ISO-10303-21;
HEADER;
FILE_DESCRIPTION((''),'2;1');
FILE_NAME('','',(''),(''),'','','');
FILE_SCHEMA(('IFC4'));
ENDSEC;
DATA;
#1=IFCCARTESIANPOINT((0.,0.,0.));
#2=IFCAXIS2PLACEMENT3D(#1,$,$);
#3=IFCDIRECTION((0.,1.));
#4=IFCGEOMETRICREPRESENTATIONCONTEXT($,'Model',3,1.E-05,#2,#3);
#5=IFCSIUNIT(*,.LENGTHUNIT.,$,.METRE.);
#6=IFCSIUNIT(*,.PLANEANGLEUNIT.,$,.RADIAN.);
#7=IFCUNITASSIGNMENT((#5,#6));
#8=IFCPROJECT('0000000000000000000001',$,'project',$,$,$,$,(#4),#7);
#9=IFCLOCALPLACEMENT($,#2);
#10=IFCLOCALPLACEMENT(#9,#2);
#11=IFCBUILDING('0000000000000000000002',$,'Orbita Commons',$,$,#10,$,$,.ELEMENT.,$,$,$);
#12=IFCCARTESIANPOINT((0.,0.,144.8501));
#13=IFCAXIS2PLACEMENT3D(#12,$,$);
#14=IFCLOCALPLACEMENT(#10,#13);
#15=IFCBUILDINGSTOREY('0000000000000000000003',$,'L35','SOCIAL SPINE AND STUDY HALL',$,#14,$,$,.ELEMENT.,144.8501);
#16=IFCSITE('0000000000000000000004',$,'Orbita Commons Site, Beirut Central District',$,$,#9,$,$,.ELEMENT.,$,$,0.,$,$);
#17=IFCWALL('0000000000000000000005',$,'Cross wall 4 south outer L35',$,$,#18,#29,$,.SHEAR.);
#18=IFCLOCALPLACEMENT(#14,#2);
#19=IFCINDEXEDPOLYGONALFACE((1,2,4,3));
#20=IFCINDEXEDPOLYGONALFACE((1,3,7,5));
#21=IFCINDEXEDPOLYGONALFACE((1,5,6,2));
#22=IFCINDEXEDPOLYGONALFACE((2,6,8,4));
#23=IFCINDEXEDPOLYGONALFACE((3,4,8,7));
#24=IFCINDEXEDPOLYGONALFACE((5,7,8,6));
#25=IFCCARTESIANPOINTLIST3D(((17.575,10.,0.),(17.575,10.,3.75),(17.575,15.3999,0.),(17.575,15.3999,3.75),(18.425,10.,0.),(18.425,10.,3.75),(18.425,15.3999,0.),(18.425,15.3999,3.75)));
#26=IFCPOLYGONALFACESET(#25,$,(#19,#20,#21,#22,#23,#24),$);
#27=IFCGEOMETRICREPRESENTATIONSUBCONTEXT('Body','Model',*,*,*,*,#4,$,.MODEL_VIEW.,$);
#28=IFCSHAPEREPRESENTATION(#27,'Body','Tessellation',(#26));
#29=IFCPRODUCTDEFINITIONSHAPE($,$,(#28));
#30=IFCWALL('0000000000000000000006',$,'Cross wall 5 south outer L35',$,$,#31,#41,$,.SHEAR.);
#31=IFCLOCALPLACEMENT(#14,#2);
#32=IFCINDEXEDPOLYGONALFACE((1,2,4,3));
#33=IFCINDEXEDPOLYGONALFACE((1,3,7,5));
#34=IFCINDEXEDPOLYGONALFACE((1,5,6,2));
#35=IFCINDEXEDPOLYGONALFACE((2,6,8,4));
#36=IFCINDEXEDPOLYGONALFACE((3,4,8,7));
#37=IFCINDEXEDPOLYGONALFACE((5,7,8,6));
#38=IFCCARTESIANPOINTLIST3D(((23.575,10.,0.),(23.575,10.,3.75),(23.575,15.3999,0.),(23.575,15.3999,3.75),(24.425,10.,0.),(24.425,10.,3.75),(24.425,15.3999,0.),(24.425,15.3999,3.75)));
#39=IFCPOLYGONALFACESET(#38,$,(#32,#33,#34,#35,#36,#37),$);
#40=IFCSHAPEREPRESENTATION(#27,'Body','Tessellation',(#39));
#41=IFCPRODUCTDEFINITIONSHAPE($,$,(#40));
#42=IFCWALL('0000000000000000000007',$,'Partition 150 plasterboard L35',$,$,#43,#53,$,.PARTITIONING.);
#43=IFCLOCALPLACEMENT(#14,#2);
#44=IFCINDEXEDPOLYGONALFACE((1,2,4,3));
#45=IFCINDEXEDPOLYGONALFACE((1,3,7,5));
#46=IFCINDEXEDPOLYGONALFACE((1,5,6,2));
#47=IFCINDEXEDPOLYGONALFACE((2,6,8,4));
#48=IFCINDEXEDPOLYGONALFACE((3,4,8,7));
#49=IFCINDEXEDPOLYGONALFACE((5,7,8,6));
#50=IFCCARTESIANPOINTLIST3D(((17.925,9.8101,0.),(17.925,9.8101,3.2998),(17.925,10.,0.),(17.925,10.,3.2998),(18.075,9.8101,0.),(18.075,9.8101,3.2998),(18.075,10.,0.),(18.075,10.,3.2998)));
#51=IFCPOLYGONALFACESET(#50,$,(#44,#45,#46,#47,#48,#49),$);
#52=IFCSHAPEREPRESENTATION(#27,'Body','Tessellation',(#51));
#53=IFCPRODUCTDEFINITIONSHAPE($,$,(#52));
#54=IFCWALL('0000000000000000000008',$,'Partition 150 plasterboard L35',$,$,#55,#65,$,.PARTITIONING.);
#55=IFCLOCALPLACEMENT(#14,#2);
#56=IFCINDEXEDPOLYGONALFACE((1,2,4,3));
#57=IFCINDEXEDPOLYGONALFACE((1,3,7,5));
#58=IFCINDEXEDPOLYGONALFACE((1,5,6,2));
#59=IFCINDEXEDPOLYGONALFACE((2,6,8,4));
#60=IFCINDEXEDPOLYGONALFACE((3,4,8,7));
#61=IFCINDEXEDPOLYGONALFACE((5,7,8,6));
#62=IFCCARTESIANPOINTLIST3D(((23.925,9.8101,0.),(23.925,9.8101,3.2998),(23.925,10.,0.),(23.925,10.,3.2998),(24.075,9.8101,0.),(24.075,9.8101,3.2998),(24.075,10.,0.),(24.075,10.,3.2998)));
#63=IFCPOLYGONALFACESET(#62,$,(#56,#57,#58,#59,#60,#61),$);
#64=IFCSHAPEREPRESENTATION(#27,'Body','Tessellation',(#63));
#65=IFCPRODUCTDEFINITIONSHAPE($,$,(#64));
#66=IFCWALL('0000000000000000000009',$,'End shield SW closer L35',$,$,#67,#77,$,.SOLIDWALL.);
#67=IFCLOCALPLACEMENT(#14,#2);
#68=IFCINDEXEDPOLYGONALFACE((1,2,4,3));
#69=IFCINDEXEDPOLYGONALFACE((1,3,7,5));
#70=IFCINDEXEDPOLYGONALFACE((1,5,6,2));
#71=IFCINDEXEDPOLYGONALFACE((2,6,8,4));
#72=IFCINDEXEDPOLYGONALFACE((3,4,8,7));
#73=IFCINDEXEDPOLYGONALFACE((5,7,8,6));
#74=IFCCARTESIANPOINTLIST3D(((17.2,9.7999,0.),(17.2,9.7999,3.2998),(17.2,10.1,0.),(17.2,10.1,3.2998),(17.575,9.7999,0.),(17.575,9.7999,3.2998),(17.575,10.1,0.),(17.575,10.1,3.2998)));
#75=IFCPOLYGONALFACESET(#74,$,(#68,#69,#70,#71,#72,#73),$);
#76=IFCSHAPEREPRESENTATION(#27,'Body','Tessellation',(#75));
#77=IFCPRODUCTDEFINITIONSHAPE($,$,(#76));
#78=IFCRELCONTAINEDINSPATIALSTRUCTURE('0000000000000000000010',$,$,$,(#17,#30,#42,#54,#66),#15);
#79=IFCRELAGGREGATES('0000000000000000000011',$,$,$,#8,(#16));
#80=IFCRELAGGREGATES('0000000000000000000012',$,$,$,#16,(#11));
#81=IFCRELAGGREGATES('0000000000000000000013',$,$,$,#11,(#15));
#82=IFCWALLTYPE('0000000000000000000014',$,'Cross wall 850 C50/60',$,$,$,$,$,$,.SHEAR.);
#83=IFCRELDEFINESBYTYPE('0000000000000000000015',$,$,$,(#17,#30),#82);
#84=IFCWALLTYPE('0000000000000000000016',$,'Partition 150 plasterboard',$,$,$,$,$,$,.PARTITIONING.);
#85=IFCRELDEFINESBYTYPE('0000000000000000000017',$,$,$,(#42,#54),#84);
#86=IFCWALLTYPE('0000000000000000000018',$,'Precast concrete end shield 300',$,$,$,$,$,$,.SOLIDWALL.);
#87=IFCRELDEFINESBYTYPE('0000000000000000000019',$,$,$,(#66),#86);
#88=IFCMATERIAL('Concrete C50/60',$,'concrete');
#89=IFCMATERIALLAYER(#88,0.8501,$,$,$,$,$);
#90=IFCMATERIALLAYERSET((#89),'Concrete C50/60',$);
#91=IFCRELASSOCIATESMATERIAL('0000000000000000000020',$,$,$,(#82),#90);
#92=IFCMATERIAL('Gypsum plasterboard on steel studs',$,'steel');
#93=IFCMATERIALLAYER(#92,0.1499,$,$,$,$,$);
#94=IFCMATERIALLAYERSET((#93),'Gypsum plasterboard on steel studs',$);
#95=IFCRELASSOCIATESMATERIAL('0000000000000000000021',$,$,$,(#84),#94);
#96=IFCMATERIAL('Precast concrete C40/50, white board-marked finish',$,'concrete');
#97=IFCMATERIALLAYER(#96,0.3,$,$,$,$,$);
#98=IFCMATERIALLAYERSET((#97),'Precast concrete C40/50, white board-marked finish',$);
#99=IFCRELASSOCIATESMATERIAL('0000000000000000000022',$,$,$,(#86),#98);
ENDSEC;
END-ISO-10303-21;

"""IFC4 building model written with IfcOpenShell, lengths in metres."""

from ifc_helpers import new_model, si_unit, direction, frame, frame_2d, origin, place, context, subcontext, project, spatial, rectangle, extrude, material, layer, layer_set, type_object, element, save


model = new_model("IFC4")

# Units and contexts
model_context = context("Model", 3, precision=1e-05, world=origin(), true_north=direction((0.0, 1.0)))
body_context = subcontext(model_context, "Body", "Model", "MODEL_VIEW")
ifc_project = project(units=[si_unit("LENGTHUNIT", "METRE"), si_unit("PLANEANGLEUNIT", "RADIAN")], contexts=[model_context])

# Site, building, storey
site_placement = place(None, origin())
site = spatial("IfcSite", under=ifc_project, at=site_placement, Name="Orbita Commons Site, Beirut Central District", CompositionType="ELEMENT", RefElevation=0.0)
building_placement = place(site_placement, origin())
building = spatial("IfcBuilding", under=site, at=building_placement, Name="Orbita Commons", CompositionType="ELEMENT")
storey_placement = place(building_placement, frame((0.0, 0.0, 144.8501)))
storey = spatial("IfcBuildingStorey", under=building, at=storey_placement, Name="L35", Description="SOCIAL SPINE AND STUDY HALL", CompositionType="ELEMENT", Elevation=144.8501)

# Walls
ifc_material_1 = material(Name="Concrete C50/60", Category="concrete")
ifc_layer_1 = layer(ifc_material_1, 0.8501)
ifc_layer_set_1 = layer_set([ifc_layer_1], Name="Concrete C50/60")
wall_type_1 = type_object("IfcWallType", Name="Cross wall 850 C50/60", PredefinedType="SHEAR", material=ifc_layer_set_1)
for number, where, z_axis, x_axis, name in (
    (1, (18.0, 10.0, 0.0), (0.0, 0.0, 1.0), (0.0, 1.0, 0.0), "Cross wall 4 south outer L35"),
    (2, (24.0, 10.0, 0.0), (0.0, 0.0, 1.0), (0.0, 1.0, 0.0), "Cross wall 5 south outer L35"),
):
    element("IfcWall", number, at=place(storey_placement, frame(where, z_axis=z_axis, x_axis=x_axis)), inside=storey, type_object=wall_type_1, Name=name, PredefinedType="SHEAR", context=body_context, shape_type="SweptSolid", body=[
        extrude(rectangle(XDim=5.3999, YDim=0.8501, at=frame_2d((2.7, 0.0))), origin(), (0.0, 0.0, 1.0), 3.75),
    ])
ifc_material_2 = material(Name="Gypsum plasterboard on steel studs", Category="steel")
ifc_layer_2 = layer(ifc_material_2, 0.1499)
ifc_layer_set_2 = layer_set([ifc_layer_2], Name="Gypsum plasterboard on steel studs")
wall_type_2 = type_object("IfcWallType", Name="Partition 150 plasterboard", PredefinedType="PARTITIONING", material=ifc_layer_set_2)
for number, where, z_axis, x_axis, name in (
    (3, (18.0, 10.0, 0.0), (0.0, 0.0, 1.0), (0.0, -1.0, 0.0), "Partition 150 plasterboard L35"),
    (4, (24.0, 10.0, 0.0), (0.0, 0.0, 1.0), (0.0, -1.0, 0.0), "Partition 150 plasterboard L35"),
):
    element("IfcWall", number, at=place(storey_placement, frame(where, z_axis=z_axis, x_axis=x_axis)), inside=storey, type_object=wall_type_2, Name=name, PredefinedType="PARTITIONING", context=body_context, shape_type="SweptSolid", body=[
        extrude(rectangle(XDim=0.1899, YDim=0.1499, at=frame_2d((0.095, 0.0))), origin(), (0.0, 0.0, 1.0), 3.2998),
    ])
ifc_material_3 = material(Name="Precast concrete C40/50, white board-marked finish", Category="concrete")
ifc_layer_3 = layer(ifc_material_3, 0.3)
ifc_layer_set_3 = layer_set([ifc_layer_3], Name="Precast concrete C40/50, white board-marked finish")
wall_type_3 = type_object("IfcWallType", Name="Precast concrete end shield 300", PredefinedType="SOLIDWALL", material=ifc_layer_set_3)
wall_placement = place(storey_placement, frame((17.2, 9.95, 0.0), z_axis=(0.0, 0.0, 1.0), x_axis=(1.0, 0.0, 0.0)))
element("IfcWall", 5, at=wall_placement, inside=storey, type_object=wall_type_3, Name="End shield SW closer L35", PredefinedType="SOLIDWALL", context=body_context, shape_type="SweptSolid", body=[
    extrude(rectangle(XDim=0.375, YDim=0.3, at=frame_2d((0.1875, 0.0))), origin(), (0.0, 0.0, 1.0), 3.2998),
])

save(model, "model.ifc")
